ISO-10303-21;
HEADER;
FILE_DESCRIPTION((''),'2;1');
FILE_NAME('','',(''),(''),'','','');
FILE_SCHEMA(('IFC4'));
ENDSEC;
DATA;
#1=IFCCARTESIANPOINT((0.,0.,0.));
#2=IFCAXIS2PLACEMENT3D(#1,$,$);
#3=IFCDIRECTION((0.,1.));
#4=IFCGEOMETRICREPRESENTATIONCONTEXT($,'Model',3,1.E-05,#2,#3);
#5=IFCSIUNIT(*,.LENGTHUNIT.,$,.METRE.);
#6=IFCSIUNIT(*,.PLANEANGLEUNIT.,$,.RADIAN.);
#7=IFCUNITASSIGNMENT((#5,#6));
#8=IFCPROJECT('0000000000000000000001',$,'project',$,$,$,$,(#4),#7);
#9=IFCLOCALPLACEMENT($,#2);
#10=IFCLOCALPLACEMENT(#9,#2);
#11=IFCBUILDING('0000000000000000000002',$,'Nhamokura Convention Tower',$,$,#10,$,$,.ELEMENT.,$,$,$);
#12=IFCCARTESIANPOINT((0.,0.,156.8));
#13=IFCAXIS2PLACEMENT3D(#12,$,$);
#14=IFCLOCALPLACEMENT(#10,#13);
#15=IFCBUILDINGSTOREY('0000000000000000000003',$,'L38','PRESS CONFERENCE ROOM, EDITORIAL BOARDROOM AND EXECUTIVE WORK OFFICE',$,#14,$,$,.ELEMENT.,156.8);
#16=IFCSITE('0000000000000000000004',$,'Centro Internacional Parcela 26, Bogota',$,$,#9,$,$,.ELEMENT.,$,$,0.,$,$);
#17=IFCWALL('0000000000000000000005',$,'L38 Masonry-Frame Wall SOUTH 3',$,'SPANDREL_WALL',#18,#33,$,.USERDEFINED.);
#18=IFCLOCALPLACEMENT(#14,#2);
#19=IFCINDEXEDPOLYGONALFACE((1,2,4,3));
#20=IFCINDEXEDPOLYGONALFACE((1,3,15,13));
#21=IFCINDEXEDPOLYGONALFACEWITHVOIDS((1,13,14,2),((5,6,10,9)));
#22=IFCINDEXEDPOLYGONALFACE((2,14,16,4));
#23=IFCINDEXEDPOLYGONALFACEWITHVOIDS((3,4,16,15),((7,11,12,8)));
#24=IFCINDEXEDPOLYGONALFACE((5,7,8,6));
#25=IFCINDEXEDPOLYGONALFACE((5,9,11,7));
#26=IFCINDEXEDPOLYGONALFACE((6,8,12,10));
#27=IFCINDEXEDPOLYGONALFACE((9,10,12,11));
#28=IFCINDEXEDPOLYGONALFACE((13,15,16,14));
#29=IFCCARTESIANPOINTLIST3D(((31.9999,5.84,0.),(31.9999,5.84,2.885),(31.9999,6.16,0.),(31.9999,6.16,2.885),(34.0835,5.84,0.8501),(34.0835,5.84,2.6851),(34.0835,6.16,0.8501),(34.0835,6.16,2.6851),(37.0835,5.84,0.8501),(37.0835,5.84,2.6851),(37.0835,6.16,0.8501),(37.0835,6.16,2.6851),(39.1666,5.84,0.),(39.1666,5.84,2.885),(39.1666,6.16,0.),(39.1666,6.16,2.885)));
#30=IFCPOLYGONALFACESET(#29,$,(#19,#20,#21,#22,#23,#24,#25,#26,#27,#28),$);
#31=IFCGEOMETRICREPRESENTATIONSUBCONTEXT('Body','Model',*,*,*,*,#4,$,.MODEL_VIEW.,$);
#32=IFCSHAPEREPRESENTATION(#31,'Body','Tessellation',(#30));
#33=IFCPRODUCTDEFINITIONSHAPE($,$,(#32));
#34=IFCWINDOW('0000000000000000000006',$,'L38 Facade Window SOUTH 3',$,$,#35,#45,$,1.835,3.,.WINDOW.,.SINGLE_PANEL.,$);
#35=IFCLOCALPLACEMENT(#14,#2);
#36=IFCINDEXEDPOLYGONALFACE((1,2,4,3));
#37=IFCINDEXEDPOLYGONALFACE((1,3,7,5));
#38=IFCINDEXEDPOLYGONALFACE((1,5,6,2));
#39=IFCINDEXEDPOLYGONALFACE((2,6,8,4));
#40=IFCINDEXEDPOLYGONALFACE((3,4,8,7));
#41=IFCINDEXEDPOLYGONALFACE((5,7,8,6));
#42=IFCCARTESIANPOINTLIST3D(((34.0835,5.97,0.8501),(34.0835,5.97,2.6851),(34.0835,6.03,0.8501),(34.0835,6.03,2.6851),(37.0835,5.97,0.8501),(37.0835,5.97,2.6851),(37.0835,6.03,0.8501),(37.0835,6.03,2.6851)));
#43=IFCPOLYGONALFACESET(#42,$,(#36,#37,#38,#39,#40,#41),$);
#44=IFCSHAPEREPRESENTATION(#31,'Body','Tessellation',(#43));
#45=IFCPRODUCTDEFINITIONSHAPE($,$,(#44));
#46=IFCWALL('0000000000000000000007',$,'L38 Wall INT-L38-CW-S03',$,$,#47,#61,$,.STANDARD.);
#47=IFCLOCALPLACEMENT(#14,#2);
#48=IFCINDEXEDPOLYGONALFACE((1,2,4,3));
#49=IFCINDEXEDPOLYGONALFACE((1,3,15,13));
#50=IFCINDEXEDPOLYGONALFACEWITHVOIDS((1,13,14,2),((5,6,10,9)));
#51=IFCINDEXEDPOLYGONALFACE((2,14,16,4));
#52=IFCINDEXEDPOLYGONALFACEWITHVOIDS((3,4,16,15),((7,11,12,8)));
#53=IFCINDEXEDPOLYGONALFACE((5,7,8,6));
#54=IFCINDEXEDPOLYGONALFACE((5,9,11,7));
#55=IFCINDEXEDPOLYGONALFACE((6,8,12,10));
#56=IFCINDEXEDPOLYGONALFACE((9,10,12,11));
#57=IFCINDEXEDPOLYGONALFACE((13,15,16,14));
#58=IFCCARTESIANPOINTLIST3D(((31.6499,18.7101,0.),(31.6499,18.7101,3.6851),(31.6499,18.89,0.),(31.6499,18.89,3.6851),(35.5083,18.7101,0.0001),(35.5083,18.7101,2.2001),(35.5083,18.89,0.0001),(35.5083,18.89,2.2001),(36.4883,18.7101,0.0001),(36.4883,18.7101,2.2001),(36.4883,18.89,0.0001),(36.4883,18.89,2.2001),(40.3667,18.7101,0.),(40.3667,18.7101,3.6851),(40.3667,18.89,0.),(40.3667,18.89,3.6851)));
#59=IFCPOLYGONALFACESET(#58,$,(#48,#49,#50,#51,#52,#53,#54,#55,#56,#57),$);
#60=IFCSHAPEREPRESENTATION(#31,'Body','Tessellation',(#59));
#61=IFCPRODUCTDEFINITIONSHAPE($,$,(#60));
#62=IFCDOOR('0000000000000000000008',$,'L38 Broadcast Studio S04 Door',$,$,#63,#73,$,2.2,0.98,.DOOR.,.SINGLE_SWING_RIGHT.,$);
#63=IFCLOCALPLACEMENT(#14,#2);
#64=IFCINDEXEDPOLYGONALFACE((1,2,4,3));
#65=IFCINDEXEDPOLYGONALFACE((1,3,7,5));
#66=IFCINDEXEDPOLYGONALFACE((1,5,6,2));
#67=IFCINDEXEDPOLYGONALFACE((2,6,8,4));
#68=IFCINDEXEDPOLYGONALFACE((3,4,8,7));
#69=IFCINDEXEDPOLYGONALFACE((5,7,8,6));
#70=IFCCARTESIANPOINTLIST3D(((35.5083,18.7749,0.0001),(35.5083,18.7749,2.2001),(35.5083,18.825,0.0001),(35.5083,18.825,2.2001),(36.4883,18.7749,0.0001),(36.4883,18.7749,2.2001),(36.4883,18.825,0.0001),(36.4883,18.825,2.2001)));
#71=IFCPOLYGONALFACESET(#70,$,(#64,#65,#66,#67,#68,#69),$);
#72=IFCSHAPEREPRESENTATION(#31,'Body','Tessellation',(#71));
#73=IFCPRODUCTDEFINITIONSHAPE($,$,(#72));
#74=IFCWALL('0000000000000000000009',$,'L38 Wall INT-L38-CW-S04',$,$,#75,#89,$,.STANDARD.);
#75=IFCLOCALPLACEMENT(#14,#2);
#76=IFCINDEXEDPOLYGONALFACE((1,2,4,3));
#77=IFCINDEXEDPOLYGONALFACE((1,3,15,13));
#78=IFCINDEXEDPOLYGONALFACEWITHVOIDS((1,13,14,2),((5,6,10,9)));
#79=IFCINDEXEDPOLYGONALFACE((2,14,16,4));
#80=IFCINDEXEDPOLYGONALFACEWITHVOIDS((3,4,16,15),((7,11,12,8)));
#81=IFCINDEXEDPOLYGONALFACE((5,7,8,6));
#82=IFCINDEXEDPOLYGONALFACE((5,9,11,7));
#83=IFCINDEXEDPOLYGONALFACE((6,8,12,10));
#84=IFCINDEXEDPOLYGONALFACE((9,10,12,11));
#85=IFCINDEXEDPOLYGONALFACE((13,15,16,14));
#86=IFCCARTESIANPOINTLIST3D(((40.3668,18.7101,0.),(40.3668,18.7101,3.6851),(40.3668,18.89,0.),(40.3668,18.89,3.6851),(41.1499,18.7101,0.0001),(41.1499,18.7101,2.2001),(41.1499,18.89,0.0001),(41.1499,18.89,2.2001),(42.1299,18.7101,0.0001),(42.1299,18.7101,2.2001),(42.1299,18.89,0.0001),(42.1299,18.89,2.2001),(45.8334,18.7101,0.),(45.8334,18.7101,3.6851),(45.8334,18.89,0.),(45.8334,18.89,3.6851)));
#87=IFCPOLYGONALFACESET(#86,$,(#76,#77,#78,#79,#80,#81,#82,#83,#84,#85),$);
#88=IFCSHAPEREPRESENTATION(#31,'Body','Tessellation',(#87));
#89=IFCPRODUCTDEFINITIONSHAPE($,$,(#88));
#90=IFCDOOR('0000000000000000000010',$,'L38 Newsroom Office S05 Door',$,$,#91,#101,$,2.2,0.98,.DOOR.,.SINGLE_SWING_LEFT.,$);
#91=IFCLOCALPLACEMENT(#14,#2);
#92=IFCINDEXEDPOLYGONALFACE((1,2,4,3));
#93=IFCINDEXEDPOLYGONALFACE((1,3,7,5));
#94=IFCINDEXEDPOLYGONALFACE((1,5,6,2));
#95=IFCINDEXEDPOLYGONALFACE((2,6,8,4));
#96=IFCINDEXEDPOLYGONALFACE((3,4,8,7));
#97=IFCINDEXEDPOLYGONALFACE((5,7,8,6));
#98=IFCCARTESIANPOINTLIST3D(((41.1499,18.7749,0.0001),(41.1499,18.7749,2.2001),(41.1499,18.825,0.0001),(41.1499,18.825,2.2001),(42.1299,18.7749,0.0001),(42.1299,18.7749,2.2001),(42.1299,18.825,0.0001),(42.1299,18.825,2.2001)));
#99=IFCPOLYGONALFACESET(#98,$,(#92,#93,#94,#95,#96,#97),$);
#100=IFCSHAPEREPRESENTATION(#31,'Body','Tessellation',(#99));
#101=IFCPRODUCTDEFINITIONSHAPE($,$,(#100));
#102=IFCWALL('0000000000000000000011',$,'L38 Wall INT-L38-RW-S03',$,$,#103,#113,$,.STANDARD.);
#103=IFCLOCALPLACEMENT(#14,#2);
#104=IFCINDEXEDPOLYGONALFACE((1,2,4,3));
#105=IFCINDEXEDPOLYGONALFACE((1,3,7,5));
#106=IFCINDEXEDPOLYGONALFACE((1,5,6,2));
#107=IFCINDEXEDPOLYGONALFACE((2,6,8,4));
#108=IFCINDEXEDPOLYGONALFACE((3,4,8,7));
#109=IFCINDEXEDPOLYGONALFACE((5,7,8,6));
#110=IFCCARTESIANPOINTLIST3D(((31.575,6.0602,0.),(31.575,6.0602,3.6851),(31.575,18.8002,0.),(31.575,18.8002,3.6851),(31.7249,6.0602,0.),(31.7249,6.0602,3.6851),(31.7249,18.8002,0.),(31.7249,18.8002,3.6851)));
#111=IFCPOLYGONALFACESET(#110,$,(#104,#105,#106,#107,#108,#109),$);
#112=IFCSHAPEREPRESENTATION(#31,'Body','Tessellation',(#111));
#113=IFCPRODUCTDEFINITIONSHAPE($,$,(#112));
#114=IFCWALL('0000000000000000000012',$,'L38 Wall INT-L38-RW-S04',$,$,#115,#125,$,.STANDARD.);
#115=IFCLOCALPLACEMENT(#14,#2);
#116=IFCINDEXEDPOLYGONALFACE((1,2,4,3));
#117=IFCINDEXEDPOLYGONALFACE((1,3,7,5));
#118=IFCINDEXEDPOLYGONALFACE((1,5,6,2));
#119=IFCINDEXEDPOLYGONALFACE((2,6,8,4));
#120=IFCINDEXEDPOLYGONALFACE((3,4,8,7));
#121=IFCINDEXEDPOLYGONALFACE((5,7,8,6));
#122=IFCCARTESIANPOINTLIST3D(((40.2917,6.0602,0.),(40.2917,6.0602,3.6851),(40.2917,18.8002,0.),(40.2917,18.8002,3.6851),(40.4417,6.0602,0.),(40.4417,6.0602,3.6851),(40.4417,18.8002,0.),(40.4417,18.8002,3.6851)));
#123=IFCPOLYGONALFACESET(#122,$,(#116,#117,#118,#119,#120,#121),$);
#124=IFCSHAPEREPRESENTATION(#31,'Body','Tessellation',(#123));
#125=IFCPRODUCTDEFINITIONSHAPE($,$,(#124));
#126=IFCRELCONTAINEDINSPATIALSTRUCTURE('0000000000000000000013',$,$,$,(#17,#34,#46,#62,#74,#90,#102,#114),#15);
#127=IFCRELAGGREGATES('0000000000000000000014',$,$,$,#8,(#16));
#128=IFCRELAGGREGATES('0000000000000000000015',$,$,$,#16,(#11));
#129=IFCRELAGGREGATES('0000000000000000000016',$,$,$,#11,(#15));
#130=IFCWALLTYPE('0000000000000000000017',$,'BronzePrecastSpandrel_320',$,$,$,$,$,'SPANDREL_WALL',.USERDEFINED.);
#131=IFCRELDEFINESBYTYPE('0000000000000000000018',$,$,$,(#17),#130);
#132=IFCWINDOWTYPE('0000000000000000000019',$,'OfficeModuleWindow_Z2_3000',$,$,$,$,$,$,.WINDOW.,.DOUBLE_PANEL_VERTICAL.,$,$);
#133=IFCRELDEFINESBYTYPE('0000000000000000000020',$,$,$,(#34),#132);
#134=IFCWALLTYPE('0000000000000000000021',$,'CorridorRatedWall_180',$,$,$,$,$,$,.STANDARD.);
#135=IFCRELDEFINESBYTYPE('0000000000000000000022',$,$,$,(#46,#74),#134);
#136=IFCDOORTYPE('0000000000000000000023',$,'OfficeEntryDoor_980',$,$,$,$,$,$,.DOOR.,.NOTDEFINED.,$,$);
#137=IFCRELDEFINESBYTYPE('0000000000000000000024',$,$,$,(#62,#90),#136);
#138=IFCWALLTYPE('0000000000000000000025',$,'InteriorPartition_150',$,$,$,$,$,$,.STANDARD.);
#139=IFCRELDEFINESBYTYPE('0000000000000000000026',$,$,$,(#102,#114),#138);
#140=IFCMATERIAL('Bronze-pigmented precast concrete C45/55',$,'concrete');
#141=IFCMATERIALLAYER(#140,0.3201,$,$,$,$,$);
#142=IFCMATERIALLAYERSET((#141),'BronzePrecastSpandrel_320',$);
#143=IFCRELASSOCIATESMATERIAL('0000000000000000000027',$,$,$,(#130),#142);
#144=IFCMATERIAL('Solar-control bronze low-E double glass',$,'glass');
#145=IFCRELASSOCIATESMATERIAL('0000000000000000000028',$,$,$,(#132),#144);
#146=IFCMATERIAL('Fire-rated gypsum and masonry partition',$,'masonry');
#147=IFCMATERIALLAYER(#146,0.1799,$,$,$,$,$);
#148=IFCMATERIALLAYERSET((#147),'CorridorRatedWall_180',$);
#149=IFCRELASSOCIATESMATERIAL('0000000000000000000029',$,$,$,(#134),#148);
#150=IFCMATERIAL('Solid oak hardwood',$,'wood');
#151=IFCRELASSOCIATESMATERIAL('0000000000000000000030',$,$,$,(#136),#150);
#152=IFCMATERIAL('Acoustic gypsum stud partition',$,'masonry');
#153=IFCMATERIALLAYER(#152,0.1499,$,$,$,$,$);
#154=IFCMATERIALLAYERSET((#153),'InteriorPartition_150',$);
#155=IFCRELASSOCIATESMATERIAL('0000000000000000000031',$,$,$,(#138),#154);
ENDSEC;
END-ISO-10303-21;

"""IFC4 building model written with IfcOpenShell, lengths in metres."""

from ifc_helpers import new_model, si_unit, direction, frame, frame_2d, origin, place, context, subcontext, project, spatial, rectangle, extrude, material, layer, layer_set, type_object, element, fill, save


model = new_model("IFC4")

# Units and contexts
model_context = context("Model", 3, precision=1e-05, world=origin(), true_north=direction((0.0, 1.0)))
body_context = subcontext(model_context, "Body", "Model", "MODEL_VIEW")
ifc_project = project(units=[si_unit("LENGTHUNIT", "METRE"), si_unit("PLANEANGLEUNIT", "RADIAN")], contexts=[model_context])

# Site, building, storey
site_placement = place(None, origin())
site = spatial("IfcSite", under=ifc_project, at=site_placement, Name="Centro Internacional Parcela 26, Bogota", CompositionType="ELEMENT", RefElevation=0.0)
building_placement = place(site_placement, origin())
building = spatial("IfcBuilding", under=site, at=building_placement, Name="Nhamokura Convention Tower", CompositionType="ELEMENT")
storey_placement = place(building_placement, frame((0.0, 0.0, 156.8)))
storey = spatial("IfcBuildingStorey", under=building, at=storey_placement, Name="L38", Description="PRESS CONFERENCE ROOM, EDITORIAL BOARDROOM AND EXECUTIVE WORK OFFICE", CompositionType="ELEMENT", Elevation=156.8)

# Wall, opening, window
ifc_material_1 = material(Name="Bronze-pigmented precast concrete C45/55", Category="concrete")
ifc_layer_1 = layer(ifc_material_1, 0.3201)
ifc_layer_set_1 = layer_set([ifc_layer_1], Name="BronzePrecastSpandrel_320")
wall_type_1 = type_object("IfcWallType", Name="BronzePrecastSpandrel_320", ElementType="SPANDREL_WALL", PredefinedType="USERDEFINED", material=ifc_layer_set_1)
ifc_material_2 = material(Name="Solar-control bronze low-E double glass", Category="glass")
window_type = type_object("IfcWindowType", Name="OfficeModuleWindow_Z2_3000", PartitioningType="DOUBLE_PANEL_VERTICAL", PredefinedType="WINDOW", material=ifc_material_2)
wall_1_placement = place(storey_placement, frame((39.1667, 6.0, 0.0), z_axis=(0.0, 0.0, 1.0), x_axis=(-1.0, 0.0, 0.0)))
wall_1 = element("IfcWall", 1, at=wall_1_placement, inside=storey, type_object=wall_type_1, Name="L38 Masonry-Frame Wall SOUTH 3", ObjectType="SPANDREL_WALL", PredefinedType="USERDEFINED", context=body_context, shape_type="SweptSolid", body=[
    extrude(rectangle(XDim=7.1667, YDim=0.3201, at=frame_2d((3.5835, 0.0))), origin(), (0.0, 0.0, 1.0), 2.885),
])
opening_1_placement = place(wall_1_placement, frame((2.0833, 0.0, 0.8501)))
opening_1 = element("IfcOpeningElement", 2, at=opening_1_placement, cuts=wall_1, PredefinedType="OPENING", context=body_context, shape_type="SweptSolid", body=[
    extrude(rectangle(XDim=3.0, YDim=1.835, at=frame_2d((1.5, 0.9175))), frame((0.0, 0.1699, 0.0), z_axis=(0.0, -1.0, 0.0), x_axis=(1.0, 0.0, 0.0)), (0.0, 0.0, 1.0), 0.3401),
])
window_1_placement = place(opening_1_placement, origin())
window_1 = element("IfcWindow", 3, at=window_1_placement, inside=storey, type_object=window_type, Name="L38 Facade Window SOUTH 3", OverallHeight=1.835, OverallWidth=3.0, PartitioningType="SINGLE_PANEL", PredefinedType="WINDOW", context=body_context, shape_type="SweptSolid", body=[
    extrude(rectangle(XDim=3.0, YDim=1.835, at=frame_2d((1.5, 0.9175))), frame((0.0, 0.03, 0.0), z_axis=(0.0, -1.0, 0.0), x_axis=(1.0, 0.0, 0.0)), (0.0, 0.0, 1.0), 0.0601),
])
fill(opening_1, window_1)

# Walls, openings, doors
ifc_material_3 = material(Name="Fire-rated gypsum and masonry partition", Category="masonry")
ifc_layer_2 = layer(ifc_material_3, 0.1799)
ifc_layer_set_2 = layer_set([ifc_layer_2], Name="CorridorRatedWall_180")
wall_type_2 = type_object("IfcWallType", Name="CorridorRatedWall_180", PredefinedType="STANDARD", material=ifc_layer_set_2)
wall_2_placement = place(storey_placement, frame((31.6499, 18.8, 0.0), z_axis=(0.0, 0.0, 1.0), x_axis=(1.0, 0.0, 0.0)))
wall_2 = element("IfcWall", 4, at=wall_2_placement, inside=storey, type_object=wall_type_2, Name="L38 Wall INT-L38-CW-S03", PredefinedType="STANDARD", context=body_context, shape_type="SweptSolid", body=[
    extrude(rectangle(XDim=8.7168, YDim=0.1799, at=frame_2d((4.3584, 0.0))), origin(), (0.0, 0.0, 1.0), 3.6851),
])
opening_2_placement = place(wall_2_placement, frame((3.8584, 0.0, 0.0)))
opening_2 = element("IfcOpeningElement", 5, at=opening_2_placement, cuts=wall_2, PredefinedType="OPENING", context=body_context, shape_type="SweptSolid", body=[
    extrude(rectangle(XDim=0.98, YDim=2.2, at=frame_2d((0.49, 1.1001))), frame((0.0, 0.0999, 0.0), z_axis=(0.0, -1.0, 0.0), x_axis=(1.0, 0.0, 0.0)), (0.0, 0.0, 1.0), 0.2),
])
ifc_material_4 = material(Name="Solid oak hardwood", Category="wood")
door_type = type_object("IfcDoorType", Name="OfficeEntryDoor_980", OperationType="NOTDEFINED", PredefinedType="DOOR", material=ifc_material_4)
door_1_placement = place(opening_2_placement, origin())
door_1 = element("IfcDoor", 6, at=door_1_placement, inside=storey, type_object=door_type, Name="L38 Broadcast Studio S04 Door", OperationType="SINGLE_SWING_RIGHT", OverallHeight=2.2, OverallWidth=0.98, PredefinedType="DOOR", context=body_context, shape_type="SweptSolid", body=[
    extrude(rectangle(XDim=0.98, YDim=2.2, at=frame_2d((0.49, 1.1001))), frame((0.0, 0.0249, 0.0), z_axis=(0.0, -1.0, 0.0), x_axis=(1.0, 0.0, 0.0)), (0.0, 0.0, 1.0), 0.05),
])
fill(opening_2, door_1)
wall_3_placement = place(storey_placement, frame((40.3667, 18.8, 0.0), z_axis=(0.0, 0.0, 1.0), x_axis=(1.0, 0.0, 0.0)))
wall_3 = element("IfcWall", 7, at=wall_3_placement, inside=storey, type_object=wall_type_2, Name="L38 Wall INT-L38-CW-S04", PredefinedType="STANDARD", context=body_context, shape_type="SweptSolid", body=[
    extrude(rectangle(XDim=5.4666, YDim=0.1799, at=frame_2d((2.7334, 0.0))), origin(), (0.0, 0.0, 1.0), 3.6851),
])
opening_3_placement = place(wall_3_placement, frame((0.7832, 0.0, 0.0)))
opening_3 = element("IfcOpeningElement", 8, at=opening_3_placement, cuts=wall_3, PredefinedType="OPENING", context=body_context, shape_type="SweptSolid", body=[
    extrude(rectangle(XDim=0.98, YDim=2.2, at=frame_2d((0.49, 1.1001))), frame((0.0, 0.0999, 0.0), z_axis=(0.0, -1.0, 0.0), x_axis=(1.0, 0.0, 0.0)), (0.0, 0.0, 1.0), 0.2),
])
door_2_placement = place(opening_3_placement, origin())
door_2 = element("IfcDoor", 9, at=door_2_placement, inside=storey, type_object=door_type, Name="L38 Newsroom Office S05 Door", OperationType="SINGLE_SWING_LEFT", OverallHeight=2.2, OverallWidth=0.98, PredefinedType="DOOR", context=body_context, shape_type="SweptSolid", body=[
    extrude(rectangle(XDim=0.98, YDim=2.2, at=frame_2d((0.49, 1.1001))), frame((0.0, 0.0249, 0.0), z_axis=(0.0, -1.0, 0.0), x_axis=(1.0, 0.0, 0.0)), (0.0, 0.0, 1.0), 0.05),
])
fill(opening_3, door_2)

# Walls
ifc_material_5 = material(Name="Acoustic gypsum stud partition", Category="masonry")
ifc_layer_3 = layer(ifc_material_5, 0.1499)
ifc_layer_set_3 = layer_set([ifc_layer_3], Name="InteriorPartition_150")
wall_type_3 = type_object("IfcWallType", Name="InteriorPartition_150", PredefinedType="STANDARD", material=ifc_layer_set_3)
for number, where, z_axis, x_axis, name in (
    (10, (31.6499, 6.0601, 0.0), (0.0, 0.0, 1.0), (0.0, 1.0, 0.0), "L38 Wall INT-L38-RW-S03"),
    (11, (40.3667, 6.0601, 0.0), (0.0, 0.0, 1.0), (0.0, 1.0, 0.0), "L38 Wall INT-L38-RW-S04"),
):
    element("IfcWall", number, at=place(storey_placement, frame(where, z_axis=z_axis, x_axis=x_axis)), inside=storey, type_object=wall_type_3, Name=name, PredefinedType="STANDARD", context=body_context, shape_type="SweptSolid", body=[
        extrude(rectangle(XDim=12.74, YDim=0.1499, at=frame_2d((6.3701, 0.0))), origin(), (0.0, 0.0, 1.0), 3.6851),
    ])

save(model, "model.ifc")
